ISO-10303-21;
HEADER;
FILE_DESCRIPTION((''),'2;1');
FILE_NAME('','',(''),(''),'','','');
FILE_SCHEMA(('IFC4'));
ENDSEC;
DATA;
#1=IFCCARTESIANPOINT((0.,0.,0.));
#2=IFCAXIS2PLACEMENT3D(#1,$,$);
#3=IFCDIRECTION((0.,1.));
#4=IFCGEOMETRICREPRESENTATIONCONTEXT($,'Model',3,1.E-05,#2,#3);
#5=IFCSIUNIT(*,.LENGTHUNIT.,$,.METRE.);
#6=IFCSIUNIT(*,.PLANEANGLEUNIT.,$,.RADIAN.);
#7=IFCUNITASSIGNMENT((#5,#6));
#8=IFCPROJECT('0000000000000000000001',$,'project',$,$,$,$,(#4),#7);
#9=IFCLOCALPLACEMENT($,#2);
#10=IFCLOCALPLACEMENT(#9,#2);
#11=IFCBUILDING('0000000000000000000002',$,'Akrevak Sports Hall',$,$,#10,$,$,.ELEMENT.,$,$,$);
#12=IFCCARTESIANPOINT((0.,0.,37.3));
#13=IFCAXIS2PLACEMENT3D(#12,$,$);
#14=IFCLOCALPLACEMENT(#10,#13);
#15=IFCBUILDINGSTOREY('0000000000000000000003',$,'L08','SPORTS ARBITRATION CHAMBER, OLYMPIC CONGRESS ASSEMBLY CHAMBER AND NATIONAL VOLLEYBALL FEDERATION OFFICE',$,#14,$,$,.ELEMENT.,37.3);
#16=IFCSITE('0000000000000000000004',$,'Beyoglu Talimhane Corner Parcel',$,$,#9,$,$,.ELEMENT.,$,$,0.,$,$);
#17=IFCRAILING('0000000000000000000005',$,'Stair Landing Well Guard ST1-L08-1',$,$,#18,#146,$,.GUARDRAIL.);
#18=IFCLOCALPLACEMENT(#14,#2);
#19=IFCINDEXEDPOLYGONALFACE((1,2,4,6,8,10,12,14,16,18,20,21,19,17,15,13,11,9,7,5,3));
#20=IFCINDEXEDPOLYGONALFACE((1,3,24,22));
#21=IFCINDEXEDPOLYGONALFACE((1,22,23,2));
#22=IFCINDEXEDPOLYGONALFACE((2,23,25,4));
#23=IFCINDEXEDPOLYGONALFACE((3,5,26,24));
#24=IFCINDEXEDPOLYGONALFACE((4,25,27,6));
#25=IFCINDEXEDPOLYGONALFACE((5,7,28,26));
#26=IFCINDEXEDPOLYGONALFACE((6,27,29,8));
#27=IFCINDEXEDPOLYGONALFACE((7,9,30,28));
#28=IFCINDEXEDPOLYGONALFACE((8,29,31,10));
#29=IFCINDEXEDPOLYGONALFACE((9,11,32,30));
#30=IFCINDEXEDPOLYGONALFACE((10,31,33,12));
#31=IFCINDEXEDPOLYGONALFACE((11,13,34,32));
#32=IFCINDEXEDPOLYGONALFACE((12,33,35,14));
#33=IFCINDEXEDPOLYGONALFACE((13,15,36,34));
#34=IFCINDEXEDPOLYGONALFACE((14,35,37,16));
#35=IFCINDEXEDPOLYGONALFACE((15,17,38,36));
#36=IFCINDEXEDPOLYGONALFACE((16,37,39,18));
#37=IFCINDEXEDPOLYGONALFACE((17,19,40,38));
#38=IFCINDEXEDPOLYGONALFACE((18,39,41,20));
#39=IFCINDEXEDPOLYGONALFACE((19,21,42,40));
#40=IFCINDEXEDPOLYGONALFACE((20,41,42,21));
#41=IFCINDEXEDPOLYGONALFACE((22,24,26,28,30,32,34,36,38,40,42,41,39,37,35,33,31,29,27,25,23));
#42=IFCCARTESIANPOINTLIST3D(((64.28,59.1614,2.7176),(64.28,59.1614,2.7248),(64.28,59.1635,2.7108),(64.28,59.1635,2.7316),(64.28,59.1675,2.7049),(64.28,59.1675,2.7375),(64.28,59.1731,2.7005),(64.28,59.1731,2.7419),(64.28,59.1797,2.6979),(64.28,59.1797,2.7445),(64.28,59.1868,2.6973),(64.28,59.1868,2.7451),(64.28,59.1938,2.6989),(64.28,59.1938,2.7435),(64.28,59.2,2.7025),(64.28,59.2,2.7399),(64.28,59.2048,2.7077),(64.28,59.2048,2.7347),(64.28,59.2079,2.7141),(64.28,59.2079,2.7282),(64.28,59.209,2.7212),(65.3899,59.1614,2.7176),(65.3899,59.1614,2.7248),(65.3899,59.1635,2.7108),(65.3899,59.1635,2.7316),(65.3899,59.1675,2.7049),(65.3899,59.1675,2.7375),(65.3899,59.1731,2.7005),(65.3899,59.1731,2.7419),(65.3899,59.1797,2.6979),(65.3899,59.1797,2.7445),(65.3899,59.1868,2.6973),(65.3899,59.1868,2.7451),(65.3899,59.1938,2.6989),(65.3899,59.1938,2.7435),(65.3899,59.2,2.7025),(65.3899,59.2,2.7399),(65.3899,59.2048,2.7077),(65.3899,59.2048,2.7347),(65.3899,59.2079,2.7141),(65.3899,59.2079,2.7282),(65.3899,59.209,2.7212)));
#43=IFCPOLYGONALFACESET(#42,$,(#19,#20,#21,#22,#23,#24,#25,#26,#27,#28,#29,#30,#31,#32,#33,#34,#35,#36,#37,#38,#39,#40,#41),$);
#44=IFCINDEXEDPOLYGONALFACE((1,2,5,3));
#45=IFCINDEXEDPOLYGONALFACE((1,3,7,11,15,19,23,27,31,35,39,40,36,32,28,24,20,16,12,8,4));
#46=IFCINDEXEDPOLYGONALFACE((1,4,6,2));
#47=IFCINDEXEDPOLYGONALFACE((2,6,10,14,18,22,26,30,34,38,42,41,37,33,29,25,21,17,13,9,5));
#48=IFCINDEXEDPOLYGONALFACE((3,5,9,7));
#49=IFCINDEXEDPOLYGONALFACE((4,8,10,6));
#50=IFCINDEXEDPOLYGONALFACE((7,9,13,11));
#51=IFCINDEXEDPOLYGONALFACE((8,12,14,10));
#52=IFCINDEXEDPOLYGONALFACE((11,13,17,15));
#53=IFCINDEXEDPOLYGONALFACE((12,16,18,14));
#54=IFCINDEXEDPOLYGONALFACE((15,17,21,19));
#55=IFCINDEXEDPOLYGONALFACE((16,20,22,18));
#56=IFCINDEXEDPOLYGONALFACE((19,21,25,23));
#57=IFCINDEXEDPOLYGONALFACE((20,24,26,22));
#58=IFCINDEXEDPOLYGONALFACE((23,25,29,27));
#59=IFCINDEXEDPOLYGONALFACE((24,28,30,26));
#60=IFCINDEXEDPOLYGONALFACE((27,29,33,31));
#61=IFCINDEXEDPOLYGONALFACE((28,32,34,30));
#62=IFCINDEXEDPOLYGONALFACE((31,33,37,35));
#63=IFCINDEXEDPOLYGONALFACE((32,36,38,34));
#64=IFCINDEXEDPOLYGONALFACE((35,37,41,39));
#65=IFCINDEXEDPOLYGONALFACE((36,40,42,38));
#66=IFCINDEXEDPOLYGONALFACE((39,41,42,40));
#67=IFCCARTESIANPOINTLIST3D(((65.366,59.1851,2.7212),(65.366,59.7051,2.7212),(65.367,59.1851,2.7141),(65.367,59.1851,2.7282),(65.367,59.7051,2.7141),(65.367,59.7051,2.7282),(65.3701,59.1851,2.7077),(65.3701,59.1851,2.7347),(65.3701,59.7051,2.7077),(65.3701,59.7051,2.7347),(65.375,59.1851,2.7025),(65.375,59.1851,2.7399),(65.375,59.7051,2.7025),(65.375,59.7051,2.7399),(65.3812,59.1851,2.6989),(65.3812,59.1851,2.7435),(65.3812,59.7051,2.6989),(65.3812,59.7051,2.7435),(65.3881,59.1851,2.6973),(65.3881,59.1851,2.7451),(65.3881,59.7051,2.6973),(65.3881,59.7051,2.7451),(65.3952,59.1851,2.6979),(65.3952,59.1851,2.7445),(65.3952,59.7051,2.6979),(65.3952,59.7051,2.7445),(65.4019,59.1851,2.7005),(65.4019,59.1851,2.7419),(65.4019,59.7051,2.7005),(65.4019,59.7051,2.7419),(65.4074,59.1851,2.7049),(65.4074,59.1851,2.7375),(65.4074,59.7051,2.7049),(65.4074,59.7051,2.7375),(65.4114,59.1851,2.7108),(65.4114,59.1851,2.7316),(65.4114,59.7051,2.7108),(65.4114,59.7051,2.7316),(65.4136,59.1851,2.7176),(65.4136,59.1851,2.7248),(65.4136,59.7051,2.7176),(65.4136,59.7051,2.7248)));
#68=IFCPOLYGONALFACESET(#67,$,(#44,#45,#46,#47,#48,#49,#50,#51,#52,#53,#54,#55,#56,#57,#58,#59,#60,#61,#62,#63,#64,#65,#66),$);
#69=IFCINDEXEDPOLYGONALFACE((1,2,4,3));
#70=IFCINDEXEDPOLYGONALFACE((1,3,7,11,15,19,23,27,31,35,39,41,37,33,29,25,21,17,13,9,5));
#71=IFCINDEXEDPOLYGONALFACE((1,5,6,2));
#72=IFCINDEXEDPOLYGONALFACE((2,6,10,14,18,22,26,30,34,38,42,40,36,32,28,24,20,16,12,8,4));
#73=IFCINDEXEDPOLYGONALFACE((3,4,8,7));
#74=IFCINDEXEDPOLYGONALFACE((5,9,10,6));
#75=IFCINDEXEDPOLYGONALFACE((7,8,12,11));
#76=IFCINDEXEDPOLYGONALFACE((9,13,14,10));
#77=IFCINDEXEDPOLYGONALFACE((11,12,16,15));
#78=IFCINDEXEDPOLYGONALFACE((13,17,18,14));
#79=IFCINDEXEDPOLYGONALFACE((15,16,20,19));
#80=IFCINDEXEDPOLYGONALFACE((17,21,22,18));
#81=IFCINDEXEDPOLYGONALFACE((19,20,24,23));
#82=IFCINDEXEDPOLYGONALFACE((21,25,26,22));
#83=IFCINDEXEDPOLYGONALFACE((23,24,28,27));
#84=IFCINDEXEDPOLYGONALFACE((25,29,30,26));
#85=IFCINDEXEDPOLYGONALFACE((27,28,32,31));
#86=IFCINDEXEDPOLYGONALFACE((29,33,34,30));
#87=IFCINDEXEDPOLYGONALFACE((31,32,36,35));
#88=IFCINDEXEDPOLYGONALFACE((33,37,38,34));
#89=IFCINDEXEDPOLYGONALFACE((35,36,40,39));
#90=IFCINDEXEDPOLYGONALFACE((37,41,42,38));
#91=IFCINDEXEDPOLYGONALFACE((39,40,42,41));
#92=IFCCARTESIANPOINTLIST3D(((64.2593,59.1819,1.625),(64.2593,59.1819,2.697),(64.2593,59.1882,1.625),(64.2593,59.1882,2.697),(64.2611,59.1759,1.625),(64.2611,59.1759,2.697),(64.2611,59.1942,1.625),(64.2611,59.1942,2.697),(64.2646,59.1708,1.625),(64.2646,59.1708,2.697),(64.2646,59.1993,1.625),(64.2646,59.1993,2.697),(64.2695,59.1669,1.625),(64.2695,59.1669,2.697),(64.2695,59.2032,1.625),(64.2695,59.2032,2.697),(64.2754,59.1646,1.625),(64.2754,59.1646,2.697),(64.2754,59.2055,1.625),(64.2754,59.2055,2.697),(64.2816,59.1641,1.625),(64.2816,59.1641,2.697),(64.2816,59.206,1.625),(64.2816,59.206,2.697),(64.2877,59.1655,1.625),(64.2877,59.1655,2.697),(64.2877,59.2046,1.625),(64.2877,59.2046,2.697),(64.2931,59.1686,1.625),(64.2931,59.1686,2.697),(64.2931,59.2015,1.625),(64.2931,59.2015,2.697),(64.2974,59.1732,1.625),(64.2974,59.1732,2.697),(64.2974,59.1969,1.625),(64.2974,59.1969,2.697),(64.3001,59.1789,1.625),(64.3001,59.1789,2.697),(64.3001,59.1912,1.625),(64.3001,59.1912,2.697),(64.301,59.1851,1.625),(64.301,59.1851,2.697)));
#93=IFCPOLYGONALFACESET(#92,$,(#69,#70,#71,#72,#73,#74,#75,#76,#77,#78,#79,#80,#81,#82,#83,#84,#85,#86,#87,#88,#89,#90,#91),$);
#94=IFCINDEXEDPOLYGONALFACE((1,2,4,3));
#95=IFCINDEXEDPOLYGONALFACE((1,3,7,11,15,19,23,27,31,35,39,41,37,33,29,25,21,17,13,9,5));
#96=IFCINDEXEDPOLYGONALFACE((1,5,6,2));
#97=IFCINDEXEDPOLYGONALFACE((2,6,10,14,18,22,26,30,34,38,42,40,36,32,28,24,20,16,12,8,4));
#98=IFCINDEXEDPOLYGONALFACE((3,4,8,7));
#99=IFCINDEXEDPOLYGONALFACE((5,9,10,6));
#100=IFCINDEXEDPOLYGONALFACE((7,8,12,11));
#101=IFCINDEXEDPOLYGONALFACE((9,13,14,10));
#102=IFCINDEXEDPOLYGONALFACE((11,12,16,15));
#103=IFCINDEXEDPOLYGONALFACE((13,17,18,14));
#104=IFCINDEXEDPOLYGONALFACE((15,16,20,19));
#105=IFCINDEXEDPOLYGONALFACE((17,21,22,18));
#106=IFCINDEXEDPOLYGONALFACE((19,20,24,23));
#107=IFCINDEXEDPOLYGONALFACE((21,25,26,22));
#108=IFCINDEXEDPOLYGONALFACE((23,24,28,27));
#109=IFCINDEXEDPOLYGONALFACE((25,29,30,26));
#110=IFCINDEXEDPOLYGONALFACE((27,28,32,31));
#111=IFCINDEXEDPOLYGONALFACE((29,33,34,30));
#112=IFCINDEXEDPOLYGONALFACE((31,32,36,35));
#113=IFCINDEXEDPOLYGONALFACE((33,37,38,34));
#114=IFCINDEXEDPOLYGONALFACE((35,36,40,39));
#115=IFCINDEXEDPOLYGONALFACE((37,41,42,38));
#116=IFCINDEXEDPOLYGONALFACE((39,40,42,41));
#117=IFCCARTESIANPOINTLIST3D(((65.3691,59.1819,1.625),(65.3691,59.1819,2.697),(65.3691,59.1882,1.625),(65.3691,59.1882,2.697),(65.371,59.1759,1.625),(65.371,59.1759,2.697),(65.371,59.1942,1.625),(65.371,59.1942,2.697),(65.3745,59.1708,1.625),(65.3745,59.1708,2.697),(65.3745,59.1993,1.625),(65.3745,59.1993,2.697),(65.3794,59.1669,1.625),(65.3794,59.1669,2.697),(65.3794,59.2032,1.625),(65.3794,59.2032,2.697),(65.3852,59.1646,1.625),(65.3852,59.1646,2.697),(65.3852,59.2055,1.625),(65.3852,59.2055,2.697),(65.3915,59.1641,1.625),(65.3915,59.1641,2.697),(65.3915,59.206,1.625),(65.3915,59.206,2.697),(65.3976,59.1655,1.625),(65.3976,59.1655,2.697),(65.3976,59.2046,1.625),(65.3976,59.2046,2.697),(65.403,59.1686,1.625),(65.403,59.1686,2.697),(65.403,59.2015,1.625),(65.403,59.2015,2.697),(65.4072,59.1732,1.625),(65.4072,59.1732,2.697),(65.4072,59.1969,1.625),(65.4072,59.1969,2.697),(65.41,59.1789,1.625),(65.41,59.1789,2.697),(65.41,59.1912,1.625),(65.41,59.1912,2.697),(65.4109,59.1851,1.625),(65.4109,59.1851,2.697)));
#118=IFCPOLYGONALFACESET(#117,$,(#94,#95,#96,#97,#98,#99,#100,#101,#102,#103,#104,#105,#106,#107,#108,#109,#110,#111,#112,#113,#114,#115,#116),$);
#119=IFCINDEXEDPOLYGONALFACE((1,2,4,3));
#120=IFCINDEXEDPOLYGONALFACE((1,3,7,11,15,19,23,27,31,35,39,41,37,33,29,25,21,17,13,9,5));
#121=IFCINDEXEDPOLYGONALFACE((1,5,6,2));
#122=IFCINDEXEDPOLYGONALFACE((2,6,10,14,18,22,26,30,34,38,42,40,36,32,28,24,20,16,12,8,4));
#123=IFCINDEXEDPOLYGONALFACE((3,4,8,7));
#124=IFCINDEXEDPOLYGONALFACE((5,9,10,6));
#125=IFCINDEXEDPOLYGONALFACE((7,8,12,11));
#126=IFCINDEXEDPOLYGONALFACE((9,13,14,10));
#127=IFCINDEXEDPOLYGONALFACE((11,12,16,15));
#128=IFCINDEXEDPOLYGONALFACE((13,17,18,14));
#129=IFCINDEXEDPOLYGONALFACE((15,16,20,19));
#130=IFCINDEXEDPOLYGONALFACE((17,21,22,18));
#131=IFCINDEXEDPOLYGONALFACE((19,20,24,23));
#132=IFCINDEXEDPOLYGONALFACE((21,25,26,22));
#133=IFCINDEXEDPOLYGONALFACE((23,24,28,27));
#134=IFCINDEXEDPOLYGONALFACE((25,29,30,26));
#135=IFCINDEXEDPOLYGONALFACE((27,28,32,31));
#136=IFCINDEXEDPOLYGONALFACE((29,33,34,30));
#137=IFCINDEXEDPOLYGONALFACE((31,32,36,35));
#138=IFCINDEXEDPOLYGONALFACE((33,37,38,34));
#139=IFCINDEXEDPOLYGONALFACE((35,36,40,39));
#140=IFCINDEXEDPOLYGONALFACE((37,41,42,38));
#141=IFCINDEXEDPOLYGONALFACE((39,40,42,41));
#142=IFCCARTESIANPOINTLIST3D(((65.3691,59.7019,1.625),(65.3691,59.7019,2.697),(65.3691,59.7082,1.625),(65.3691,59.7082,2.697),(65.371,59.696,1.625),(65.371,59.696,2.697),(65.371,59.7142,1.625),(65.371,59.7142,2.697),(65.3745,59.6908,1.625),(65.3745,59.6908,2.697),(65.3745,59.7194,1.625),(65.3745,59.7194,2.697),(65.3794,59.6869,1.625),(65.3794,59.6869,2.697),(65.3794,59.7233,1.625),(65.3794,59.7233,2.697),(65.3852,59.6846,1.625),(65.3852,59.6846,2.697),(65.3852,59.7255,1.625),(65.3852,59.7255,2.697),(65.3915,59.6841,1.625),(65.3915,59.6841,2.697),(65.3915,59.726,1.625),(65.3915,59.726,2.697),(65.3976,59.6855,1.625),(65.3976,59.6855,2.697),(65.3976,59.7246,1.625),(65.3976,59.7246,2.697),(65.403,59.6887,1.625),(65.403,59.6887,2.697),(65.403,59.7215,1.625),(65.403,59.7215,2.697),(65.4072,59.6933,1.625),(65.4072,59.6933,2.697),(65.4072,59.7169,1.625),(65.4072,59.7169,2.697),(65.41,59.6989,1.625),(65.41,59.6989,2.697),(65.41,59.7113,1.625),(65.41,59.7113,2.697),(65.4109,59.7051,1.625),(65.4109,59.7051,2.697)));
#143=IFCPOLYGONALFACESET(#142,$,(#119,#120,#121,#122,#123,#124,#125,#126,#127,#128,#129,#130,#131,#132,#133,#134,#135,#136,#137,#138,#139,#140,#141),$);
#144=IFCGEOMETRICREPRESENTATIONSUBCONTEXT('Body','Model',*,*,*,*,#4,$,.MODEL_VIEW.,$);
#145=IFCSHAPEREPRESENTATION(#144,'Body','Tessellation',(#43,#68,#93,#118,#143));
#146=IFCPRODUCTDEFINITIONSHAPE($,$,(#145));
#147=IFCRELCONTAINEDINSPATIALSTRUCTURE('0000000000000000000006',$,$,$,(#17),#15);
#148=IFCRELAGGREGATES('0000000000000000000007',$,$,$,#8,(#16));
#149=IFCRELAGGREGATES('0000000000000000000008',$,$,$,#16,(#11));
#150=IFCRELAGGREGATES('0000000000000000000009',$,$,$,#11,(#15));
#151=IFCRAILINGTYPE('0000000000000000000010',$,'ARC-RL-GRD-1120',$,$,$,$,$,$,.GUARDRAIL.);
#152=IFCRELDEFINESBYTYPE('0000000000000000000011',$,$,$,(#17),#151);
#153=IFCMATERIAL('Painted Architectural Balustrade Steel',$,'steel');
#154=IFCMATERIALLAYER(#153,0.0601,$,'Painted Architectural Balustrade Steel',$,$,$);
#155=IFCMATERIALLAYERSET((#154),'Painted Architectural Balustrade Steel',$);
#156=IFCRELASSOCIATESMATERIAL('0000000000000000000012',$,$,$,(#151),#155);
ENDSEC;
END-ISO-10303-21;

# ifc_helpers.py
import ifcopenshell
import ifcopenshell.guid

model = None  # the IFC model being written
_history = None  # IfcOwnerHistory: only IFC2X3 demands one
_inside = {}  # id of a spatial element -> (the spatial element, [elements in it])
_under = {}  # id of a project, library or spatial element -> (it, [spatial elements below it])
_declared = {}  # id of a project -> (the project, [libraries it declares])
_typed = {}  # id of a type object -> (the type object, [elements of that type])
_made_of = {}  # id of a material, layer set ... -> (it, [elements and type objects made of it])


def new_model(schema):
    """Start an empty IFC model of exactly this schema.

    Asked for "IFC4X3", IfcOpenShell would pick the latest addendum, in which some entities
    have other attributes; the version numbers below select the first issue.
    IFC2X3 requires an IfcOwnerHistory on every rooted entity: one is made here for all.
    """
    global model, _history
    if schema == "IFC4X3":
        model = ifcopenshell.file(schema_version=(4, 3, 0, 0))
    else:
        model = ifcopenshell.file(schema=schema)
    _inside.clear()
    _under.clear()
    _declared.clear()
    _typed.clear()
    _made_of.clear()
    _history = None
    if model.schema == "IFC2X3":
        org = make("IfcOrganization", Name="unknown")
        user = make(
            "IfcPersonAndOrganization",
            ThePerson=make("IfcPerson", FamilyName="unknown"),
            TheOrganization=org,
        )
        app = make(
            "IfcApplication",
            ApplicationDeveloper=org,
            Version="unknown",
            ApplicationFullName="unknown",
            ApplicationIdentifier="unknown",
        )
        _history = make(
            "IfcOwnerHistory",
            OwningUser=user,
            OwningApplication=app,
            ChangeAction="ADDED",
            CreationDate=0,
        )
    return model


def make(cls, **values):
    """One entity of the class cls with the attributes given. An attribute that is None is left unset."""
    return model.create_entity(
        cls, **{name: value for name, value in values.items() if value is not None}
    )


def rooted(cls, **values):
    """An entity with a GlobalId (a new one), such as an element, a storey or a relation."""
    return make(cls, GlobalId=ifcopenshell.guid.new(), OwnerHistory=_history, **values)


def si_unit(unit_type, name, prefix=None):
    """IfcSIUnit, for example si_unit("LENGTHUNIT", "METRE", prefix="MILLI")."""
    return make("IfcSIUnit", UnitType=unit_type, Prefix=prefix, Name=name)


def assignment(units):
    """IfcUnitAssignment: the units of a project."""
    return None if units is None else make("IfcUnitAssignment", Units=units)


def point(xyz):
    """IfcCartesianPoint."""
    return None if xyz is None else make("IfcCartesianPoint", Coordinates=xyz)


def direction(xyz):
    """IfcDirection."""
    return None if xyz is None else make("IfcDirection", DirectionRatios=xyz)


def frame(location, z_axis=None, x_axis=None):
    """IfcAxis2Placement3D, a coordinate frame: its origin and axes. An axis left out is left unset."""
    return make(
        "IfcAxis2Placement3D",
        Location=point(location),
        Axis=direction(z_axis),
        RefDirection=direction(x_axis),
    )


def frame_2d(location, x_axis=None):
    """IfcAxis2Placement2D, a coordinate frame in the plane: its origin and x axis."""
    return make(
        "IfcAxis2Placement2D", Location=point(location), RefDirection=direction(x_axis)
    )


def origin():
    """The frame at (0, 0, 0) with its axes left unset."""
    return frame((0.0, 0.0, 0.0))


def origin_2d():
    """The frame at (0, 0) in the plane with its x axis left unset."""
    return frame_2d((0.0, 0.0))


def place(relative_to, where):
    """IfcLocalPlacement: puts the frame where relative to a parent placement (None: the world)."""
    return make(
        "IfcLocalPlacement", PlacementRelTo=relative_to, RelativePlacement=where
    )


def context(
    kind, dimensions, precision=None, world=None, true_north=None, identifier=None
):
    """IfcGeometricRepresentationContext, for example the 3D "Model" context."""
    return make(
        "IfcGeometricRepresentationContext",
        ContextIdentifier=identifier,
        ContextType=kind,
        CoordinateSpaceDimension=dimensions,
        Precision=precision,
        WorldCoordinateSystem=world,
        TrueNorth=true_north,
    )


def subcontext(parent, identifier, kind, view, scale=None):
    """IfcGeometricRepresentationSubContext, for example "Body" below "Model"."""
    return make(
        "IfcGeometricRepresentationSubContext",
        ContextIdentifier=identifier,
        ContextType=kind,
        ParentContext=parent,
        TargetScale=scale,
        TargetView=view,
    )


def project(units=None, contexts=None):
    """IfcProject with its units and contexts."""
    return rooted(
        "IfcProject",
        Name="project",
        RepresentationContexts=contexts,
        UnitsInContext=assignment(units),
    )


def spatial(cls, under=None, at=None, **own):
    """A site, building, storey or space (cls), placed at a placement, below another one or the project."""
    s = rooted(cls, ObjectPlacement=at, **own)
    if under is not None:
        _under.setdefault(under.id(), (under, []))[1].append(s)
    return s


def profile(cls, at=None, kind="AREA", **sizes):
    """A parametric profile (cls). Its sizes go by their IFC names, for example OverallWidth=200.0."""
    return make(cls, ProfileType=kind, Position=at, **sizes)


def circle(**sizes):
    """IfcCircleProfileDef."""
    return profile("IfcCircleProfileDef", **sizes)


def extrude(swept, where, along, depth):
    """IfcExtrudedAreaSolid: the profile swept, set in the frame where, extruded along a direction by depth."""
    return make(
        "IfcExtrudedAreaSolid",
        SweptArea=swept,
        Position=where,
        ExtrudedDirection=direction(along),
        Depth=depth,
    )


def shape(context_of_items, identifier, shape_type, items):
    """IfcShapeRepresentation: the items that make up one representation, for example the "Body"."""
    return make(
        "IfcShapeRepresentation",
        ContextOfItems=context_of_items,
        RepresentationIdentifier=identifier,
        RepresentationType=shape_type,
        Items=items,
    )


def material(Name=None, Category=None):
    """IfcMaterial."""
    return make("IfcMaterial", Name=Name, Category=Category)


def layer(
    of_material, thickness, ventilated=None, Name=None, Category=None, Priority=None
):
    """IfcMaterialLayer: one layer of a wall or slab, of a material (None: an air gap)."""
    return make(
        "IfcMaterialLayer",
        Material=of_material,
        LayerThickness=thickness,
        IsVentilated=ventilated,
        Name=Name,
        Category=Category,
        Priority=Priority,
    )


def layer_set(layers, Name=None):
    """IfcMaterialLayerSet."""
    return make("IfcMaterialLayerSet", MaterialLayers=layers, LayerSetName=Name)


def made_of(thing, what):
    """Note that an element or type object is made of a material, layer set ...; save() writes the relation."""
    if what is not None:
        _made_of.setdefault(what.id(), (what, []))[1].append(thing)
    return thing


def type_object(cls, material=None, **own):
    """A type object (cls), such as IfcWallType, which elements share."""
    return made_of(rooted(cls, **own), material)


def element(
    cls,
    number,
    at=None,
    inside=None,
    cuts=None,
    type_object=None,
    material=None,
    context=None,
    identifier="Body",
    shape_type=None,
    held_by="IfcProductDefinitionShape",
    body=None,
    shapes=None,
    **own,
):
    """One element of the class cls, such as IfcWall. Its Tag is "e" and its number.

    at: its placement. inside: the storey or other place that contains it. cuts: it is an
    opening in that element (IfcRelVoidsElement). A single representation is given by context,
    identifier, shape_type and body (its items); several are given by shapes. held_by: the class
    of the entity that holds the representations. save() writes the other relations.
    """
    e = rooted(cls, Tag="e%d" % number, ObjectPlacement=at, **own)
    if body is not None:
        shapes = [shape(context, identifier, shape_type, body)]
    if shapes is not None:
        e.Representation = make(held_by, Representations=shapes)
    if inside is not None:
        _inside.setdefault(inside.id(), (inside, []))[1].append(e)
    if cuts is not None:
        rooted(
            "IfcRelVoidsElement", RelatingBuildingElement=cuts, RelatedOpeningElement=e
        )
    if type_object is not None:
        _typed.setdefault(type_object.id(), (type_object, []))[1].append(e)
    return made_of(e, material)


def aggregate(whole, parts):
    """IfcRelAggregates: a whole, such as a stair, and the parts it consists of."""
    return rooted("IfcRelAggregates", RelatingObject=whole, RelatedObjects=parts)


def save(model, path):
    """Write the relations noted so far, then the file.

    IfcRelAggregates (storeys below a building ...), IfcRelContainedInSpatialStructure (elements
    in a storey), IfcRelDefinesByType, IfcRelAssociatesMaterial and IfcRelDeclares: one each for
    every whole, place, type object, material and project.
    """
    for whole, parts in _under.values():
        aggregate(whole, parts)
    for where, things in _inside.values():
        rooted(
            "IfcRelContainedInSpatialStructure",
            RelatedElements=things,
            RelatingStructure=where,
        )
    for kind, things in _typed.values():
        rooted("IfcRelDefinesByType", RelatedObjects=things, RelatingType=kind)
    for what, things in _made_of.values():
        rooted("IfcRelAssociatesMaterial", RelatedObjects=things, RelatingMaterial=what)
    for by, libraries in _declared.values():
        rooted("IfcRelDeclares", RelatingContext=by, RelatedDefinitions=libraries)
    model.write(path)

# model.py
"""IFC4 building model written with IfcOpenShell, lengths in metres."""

from ifc_helpers import new_model, si_unit, direction, frame, origin, origin_2d, place, context, subcontext, project, spatial, circle, extrude, material, layer, layer_set, type_object, element, save


model = new_model("IFC4")

# Units and contexts
model_context = context("Model", 3, precision=1e-05, world=origin(), true_north=direction((0.0, 1.0)))
body_context = subcontext(model_context, "Body", "Model", "MODEL_VIEW")
ifc_project = project(units=[si_unit("LENGTHUNIT", "METRE"), si_unit("PLANEANGLEUNIT", "RADIAN")], contexts=[model_context])

# Site, building, storey
site_placement = place(None, origin())
site = spatial("IfcSite", under=ifc_project, at=site_placement, Name="Beyoglu Talimhane Corner Parcel", CompositionType="ELEMENT", RefElevation=0.0)
building_placement = place(site_placement, origin())
building = spatial("IfcBuilding", under=site, at=building_placement, Name="Akrevak Sports Hall", CompositionType="ELEMENT")
storey_placement = place(building_placement, frame((0.0, 0.0, 37.3)))
storey = spatial("IfcBuildingStorey", under=building, at=storey_placement, Name="L08", Description="SPORTS ARBITRATION CHAMBER, OLYMPIC CONGRESS ASSEMBLY CHAMBER AND NATIONAL VOLLEYBALL FEDERATION OFFICE", CompositionType="ELEMENT", Elevation=37.3)

# Railing
ifc_material_1 = material(Name="Painted Architectural Balustrade Steel", Category="steel")
ifc_layer_1 = layer(ifc_material_1, 0.0601, Name="Painted Architectural Balustrade Steel")
ifc_layer_set_1 = layer_set([ifc_layer_1], Name="Painted Architectural Balustrade Steel")
railing_type_1 = type_object("IfcRailingType", Name="ARC-RL-GRD-1120", PredefinedType="GUARDRAIL", material=ifc_layer_set_1)
railing_1_placement = place(storey_placement, frame((64.28, 59.1851, 1.625)))
element("IfcRailing", 1, at=railing_1_placement, inside=storey, type_object=railing_type_1, Name="Stair Landing Well Guard ST1-L08-1", PredefinedType="GUARDRAIL", context=body_context, shape_type="SweptSolid", body=[
    extrude(circle(Radius=0.0239, at=origin_2d()), frame((0.0, 0.0, 1.0962), z_axis=(1.0, 0.0, 0.0), x_axis=(0.0, 1.0, 0.0)), (0.0, 0.0, 1.0), 1.1099),
    extrude(circle(Radius=0.0239, at=origin_2d()), frame((1.1099, 0.0, 1.0962), z_axis=(0.0, 1.0, 0.0), x_axis=(-1.0, 0.0, 0.0)), (0.0, 0.0, 1.0), 0.52),
    extrude(circle(Radius=0.021, at=origin_2d()), origin(), (0.0, 0.0, 1.0), 1.072),
    extrude(circle(Radius=0.021, at=origin_2d()), frame((1.1099, 0.0, 0.0)), (0.0, 0.0, 1.0), 1.072),
    extrude(circle(Radius=0.021, at=origin_2d()), frame((1.1099, 0.52, 0.0)), (0.0, 0.0, 1.0), 1.072),
])

save(model, "model.ifc")
